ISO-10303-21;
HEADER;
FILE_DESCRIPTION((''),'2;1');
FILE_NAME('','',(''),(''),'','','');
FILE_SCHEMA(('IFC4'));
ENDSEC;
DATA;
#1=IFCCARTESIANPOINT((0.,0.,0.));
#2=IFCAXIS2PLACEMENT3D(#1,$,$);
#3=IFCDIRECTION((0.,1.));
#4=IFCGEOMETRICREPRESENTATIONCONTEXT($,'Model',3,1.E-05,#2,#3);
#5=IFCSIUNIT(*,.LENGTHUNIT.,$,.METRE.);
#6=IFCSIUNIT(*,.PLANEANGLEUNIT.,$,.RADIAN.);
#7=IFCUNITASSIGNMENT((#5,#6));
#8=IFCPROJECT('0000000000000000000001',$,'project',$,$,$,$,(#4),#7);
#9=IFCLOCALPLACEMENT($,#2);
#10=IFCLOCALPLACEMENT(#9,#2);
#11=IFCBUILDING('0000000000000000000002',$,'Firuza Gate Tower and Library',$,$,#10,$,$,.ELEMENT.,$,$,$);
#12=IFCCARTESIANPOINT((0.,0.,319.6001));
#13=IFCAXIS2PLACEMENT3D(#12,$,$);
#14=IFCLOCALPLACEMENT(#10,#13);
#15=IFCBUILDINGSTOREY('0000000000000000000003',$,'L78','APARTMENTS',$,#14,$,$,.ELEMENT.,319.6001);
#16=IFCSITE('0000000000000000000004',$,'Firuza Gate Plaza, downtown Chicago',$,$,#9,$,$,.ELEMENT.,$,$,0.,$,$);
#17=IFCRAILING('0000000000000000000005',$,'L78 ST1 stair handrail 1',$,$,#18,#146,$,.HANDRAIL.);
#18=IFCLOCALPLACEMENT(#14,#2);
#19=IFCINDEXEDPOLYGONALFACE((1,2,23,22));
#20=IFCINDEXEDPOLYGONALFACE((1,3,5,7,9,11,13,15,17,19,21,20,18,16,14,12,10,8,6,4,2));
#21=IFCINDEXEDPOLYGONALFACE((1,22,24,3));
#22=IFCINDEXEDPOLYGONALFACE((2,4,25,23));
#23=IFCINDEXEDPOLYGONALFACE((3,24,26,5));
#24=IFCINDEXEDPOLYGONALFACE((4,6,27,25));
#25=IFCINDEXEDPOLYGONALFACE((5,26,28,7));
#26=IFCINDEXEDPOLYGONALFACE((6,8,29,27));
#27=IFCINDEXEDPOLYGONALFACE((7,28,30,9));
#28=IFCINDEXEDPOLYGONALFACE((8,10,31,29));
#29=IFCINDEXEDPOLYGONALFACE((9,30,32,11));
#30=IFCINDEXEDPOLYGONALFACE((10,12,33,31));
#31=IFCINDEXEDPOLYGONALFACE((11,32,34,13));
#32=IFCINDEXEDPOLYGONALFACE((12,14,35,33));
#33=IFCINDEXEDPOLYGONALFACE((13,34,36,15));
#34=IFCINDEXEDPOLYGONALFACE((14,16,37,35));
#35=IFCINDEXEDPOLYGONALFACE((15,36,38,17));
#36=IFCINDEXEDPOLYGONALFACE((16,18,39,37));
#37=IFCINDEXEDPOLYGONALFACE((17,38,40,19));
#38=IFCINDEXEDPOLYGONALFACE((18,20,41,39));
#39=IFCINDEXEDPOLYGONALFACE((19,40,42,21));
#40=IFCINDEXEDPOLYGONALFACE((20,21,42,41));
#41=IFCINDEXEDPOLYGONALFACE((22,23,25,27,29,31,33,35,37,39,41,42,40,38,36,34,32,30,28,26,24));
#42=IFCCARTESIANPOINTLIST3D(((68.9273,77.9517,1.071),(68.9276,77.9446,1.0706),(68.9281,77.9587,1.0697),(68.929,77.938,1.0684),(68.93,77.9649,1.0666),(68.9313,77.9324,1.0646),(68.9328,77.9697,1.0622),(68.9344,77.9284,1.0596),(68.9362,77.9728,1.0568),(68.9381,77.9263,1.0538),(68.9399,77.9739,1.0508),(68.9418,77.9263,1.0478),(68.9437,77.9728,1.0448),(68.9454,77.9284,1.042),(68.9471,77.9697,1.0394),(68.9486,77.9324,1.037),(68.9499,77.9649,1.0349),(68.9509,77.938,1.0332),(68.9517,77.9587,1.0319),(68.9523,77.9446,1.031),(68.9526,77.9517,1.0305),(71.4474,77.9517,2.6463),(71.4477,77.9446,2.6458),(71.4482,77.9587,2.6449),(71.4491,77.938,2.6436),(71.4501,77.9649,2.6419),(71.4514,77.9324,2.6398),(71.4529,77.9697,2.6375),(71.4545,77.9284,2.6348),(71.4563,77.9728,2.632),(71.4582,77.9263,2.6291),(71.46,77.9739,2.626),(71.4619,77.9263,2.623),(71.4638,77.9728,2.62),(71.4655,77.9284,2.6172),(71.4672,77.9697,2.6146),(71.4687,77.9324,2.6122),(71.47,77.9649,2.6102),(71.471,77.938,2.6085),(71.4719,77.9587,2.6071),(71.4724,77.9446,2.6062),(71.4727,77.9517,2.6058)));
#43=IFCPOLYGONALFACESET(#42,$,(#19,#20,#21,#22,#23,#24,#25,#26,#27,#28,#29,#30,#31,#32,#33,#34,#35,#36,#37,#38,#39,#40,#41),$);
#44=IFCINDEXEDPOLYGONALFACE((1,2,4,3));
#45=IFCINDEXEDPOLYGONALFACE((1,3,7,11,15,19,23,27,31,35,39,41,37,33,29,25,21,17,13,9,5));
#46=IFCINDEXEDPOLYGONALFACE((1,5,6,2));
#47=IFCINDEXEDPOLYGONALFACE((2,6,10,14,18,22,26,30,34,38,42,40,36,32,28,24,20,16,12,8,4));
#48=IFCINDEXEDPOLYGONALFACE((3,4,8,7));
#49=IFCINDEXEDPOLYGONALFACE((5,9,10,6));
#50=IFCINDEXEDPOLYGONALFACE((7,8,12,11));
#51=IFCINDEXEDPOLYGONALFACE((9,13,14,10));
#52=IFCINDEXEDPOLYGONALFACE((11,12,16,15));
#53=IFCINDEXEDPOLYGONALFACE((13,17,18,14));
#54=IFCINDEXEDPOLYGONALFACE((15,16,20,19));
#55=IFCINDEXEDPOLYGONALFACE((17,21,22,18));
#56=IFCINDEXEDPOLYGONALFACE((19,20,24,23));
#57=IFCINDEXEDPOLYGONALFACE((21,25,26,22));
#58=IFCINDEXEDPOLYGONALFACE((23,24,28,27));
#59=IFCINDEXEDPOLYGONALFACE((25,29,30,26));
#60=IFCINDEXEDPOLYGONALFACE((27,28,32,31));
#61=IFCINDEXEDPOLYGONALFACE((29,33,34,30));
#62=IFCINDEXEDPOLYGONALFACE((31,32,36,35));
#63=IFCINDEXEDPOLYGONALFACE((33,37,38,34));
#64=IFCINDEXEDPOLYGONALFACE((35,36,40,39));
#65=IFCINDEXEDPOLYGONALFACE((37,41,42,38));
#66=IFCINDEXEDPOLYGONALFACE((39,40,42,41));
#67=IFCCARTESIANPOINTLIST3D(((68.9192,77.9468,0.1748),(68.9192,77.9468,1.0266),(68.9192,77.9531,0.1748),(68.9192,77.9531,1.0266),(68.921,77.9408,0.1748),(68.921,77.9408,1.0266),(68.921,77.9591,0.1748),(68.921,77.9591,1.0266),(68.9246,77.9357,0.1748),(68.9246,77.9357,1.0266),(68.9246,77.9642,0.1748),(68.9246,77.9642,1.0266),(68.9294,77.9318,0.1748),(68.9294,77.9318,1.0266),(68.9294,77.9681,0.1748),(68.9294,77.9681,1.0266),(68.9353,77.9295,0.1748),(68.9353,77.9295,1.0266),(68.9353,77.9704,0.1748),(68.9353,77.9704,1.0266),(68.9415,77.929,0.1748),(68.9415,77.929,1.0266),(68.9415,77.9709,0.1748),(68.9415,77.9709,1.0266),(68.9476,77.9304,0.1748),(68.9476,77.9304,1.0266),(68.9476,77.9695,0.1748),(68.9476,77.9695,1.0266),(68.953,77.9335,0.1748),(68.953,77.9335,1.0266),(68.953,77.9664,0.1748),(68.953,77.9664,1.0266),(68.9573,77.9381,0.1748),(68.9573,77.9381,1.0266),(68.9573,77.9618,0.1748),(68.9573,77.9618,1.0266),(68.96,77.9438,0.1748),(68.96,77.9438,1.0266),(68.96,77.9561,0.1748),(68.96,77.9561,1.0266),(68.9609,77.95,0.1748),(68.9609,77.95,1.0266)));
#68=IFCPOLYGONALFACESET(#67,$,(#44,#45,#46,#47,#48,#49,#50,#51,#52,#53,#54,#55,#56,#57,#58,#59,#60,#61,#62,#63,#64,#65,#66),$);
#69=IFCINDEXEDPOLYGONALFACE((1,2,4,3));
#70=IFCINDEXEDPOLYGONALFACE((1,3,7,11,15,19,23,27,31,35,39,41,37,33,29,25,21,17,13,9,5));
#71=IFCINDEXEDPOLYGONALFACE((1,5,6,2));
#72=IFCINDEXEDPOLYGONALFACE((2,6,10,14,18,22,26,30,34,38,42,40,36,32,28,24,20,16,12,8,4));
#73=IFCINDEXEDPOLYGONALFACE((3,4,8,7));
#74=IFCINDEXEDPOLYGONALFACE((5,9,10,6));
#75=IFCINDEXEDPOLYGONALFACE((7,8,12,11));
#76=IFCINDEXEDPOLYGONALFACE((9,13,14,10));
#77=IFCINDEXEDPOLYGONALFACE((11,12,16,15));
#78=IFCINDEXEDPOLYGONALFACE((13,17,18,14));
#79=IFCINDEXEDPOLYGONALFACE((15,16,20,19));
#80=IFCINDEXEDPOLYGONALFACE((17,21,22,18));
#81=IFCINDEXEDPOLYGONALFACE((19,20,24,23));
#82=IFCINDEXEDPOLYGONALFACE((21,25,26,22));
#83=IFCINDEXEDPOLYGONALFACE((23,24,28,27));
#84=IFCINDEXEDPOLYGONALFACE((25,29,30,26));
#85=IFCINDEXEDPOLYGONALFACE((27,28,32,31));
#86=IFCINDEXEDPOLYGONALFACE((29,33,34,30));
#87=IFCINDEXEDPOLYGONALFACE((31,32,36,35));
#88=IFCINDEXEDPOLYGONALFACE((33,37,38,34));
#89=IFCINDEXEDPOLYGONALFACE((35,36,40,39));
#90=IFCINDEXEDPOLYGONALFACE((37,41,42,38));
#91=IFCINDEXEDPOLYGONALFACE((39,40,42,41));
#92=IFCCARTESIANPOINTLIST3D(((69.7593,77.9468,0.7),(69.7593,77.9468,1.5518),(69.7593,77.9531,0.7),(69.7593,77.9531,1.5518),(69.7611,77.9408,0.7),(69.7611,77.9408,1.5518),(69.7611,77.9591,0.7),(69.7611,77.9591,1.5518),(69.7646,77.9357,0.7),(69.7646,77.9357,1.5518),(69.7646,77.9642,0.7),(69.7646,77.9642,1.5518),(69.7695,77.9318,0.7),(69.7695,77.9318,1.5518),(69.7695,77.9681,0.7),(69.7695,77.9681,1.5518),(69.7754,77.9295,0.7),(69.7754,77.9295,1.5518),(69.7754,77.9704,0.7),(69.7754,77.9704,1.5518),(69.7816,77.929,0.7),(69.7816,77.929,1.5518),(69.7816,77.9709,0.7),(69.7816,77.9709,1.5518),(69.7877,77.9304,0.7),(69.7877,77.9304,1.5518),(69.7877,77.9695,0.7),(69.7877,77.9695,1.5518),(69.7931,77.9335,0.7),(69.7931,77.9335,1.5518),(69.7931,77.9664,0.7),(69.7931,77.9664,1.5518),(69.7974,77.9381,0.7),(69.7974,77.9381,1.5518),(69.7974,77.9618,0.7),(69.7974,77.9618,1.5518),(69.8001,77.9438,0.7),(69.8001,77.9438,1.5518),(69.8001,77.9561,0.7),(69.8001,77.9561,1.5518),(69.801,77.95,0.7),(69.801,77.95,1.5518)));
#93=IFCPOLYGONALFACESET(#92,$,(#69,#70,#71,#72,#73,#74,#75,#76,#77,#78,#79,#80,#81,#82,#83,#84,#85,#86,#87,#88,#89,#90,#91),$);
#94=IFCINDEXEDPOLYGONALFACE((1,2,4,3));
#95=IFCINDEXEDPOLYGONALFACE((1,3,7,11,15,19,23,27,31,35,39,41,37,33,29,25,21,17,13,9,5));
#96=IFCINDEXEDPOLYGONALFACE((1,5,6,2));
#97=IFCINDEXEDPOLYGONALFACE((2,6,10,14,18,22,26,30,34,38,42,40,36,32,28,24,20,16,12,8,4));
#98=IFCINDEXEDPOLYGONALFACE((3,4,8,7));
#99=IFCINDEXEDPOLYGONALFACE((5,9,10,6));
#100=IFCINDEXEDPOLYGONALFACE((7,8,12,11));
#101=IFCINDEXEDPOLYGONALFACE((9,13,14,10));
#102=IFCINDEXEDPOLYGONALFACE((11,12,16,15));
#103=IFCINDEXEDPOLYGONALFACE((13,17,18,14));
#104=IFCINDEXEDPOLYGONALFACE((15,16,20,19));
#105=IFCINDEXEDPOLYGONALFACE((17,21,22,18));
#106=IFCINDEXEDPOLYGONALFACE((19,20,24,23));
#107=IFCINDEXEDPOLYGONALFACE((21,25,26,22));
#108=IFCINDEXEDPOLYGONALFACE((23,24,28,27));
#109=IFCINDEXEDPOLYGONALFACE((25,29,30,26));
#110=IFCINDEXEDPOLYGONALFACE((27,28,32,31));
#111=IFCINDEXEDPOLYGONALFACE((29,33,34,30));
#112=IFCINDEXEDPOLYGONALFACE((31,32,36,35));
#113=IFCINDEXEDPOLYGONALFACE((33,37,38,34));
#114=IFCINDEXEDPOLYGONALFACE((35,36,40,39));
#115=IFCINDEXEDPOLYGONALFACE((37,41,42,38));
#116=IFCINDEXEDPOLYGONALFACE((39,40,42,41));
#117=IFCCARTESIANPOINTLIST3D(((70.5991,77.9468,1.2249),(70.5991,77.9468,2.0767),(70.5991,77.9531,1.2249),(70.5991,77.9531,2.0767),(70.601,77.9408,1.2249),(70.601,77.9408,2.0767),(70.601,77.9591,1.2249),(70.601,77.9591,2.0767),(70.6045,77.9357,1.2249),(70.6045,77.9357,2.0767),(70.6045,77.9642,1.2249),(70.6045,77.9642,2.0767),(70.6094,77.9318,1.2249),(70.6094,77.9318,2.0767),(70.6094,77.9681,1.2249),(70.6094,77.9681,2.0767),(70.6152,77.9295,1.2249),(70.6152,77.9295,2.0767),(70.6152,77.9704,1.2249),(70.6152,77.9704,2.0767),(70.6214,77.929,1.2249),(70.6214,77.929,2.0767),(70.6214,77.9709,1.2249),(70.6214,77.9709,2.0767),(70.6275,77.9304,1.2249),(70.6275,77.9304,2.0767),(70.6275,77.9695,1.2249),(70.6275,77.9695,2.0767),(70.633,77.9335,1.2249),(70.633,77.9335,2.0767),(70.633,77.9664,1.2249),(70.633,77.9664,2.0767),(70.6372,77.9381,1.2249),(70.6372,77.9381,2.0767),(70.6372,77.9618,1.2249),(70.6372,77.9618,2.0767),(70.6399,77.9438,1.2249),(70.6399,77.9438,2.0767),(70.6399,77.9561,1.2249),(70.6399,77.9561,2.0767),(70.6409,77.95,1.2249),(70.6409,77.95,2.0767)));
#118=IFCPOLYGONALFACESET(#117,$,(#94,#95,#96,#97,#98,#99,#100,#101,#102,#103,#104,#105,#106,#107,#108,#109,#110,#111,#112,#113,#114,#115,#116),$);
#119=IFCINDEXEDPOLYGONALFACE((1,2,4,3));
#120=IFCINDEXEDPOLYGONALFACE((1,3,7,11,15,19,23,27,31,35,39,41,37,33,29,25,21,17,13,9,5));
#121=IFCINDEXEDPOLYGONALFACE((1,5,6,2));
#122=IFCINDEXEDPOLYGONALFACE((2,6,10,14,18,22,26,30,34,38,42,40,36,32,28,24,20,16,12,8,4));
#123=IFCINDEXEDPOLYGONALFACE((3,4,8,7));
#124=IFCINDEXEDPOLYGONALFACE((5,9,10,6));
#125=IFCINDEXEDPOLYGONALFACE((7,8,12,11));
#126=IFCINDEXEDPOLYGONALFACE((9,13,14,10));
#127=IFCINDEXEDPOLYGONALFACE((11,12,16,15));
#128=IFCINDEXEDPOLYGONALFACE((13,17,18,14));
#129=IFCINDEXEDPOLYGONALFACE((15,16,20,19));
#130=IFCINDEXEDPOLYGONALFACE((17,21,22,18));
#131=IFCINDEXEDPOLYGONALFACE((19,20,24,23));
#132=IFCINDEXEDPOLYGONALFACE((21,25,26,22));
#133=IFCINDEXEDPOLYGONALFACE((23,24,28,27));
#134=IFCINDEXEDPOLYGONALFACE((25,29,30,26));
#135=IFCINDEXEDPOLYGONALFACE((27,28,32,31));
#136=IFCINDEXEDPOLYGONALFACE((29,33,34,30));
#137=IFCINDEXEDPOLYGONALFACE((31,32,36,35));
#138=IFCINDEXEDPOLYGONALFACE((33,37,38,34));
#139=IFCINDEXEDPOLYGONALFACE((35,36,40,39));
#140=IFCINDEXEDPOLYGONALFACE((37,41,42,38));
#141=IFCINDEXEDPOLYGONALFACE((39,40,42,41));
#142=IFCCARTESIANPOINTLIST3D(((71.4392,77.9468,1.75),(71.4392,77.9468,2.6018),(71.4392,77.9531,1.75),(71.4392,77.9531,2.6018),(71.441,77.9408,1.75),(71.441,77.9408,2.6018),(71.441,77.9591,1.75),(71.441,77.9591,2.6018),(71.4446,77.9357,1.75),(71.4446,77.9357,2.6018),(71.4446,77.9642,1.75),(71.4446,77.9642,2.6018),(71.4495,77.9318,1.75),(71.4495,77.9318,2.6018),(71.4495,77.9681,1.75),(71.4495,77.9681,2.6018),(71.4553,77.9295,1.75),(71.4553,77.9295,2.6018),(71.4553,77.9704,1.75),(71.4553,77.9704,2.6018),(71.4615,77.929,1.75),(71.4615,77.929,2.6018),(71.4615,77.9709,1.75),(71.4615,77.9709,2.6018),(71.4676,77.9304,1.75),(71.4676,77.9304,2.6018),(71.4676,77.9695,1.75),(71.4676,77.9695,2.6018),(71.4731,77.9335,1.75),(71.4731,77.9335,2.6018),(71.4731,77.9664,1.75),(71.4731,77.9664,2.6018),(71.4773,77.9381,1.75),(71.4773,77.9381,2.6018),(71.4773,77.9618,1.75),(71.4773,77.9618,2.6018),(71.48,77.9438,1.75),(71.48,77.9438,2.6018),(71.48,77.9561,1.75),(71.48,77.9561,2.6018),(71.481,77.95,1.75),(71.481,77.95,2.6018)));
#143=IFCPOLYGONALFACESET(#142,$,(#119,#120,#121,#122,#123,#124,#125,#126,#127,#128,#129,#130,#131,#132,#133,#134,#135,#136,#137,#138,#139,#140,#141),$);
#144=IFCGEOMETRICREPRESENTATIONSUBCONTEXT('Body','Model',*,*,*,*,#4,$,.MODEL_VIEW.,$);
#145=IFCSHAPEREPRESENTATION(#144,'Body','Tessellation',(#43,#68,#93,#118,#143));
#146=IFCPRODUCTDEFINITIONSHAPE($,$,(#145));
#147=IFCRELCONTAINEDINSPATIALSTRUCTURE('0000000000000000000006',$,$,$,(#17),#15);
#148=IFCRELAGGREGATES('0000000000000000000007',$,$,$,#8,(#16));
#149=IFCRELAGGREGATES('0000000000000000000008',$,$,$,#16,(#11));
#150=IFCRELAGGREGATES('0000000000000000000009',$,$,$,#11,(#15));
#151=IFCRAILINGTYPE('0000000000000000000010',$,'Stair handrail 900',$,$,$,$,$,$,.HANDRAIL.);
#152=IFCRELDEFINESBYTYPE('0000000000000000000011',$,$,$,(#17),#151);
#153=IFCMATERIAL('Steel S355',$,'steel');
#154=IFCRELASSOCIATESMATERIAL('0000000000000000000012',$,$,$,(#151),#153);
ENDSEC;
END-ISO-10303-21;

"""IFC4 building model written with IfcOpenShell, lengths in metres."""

from ifc_helpers import new_model, si_unit, direction, frame, origin, origin_2d, place, context, subcontext, project, spatial, circle, extrude, material, type_object, element, save


model = new_model("IFC4")

# Units and contexts
model_context = context("Model", 3, precision=1e-05, world=origin(), true_north=direction((0.0, 1.0)))
body_context = subcontext(model_context, "Body", "Model", "MODEL_VIEW")
ifc_project = project(units=[si_unit("LENGTHUNIT", "METRE"), si_unit("PLANEANGLEUNIT", "RADIAN")], contexts=[model_context])

# Site, building, storey
site_placement = place(None, origin())
site = spatial("IfcSite", under=ifc_project, at=site_placement, Name="Firuza Gate Plaza, downtown Chicago", CompositionType="ELEMENT", RefElevation=0.0)
building_placement = place(site_placement, origin())
building = spatial("IfcBuilding", under=site, at=building_placement, Name="Firuza Gate Tower and Library", CompositionType="ELEMENT")
storey_placement = place(building_placement, frame((0.0, 0.0, 319.6001)))
storey = spatial("IfcBuildingStorey", under=building, at=storey_placement, Name="L78", Description="APARTMENTS", CompositionType="ELEMENT", Elevation=319.6001)

# Railing
ifc_material_1 = material(Name="Steel S355", Category="steel")
railing_type_1 = type_object("IfcRailingType", Name="Stair handrail 900", PredefinedType="HANDRAIL", material=ifc_material_1)
railing_1_placement = place(storey_placement, frame((68.9399, 77.95, 0.1748)))
element("IfcRailing", 1, at=railing_1_placement, inside=storey, type_object=railing_type_1, Name="L78 ST1 stair handrail 1", PredefinedType="HANDRAIL", context=body_context, shape_type="SweptSolid", body=[
    extrude(circle(Radius=0.0239, at=origin_2d()), frame((0.0, 0.0, 0.876), z_axis=(0.847971, 0.0, 0.530043), x_axis=(0.0, 1.0, 0.0)), (0.0, 0.0, 1.0), 2.9719),
    extrude(circle(Radius=0.021, at=origin_2d()), origin(), (0.0, 0.0, 1.0), 0.8518),
    extrude(circle(Radius=0.021, at=origin_2d()), frame((0.8401, 0.0, 0.5251)), (0.0, 0.0, 1.0), 0.8518),
    extrude(circle(Radius=0.021, at=origin_2d()), frame((1.6799, 0.0, 1.05)), (0.0, 0.0, 1.0), 0.8518),
    extrude(circle(Radius=0.021, at=origin_2d()), frame((2.52, 0.0, 1.5752)), (0.0, 0.0, 1.0), 0.8518),
])

save(model, "model.ifc")
